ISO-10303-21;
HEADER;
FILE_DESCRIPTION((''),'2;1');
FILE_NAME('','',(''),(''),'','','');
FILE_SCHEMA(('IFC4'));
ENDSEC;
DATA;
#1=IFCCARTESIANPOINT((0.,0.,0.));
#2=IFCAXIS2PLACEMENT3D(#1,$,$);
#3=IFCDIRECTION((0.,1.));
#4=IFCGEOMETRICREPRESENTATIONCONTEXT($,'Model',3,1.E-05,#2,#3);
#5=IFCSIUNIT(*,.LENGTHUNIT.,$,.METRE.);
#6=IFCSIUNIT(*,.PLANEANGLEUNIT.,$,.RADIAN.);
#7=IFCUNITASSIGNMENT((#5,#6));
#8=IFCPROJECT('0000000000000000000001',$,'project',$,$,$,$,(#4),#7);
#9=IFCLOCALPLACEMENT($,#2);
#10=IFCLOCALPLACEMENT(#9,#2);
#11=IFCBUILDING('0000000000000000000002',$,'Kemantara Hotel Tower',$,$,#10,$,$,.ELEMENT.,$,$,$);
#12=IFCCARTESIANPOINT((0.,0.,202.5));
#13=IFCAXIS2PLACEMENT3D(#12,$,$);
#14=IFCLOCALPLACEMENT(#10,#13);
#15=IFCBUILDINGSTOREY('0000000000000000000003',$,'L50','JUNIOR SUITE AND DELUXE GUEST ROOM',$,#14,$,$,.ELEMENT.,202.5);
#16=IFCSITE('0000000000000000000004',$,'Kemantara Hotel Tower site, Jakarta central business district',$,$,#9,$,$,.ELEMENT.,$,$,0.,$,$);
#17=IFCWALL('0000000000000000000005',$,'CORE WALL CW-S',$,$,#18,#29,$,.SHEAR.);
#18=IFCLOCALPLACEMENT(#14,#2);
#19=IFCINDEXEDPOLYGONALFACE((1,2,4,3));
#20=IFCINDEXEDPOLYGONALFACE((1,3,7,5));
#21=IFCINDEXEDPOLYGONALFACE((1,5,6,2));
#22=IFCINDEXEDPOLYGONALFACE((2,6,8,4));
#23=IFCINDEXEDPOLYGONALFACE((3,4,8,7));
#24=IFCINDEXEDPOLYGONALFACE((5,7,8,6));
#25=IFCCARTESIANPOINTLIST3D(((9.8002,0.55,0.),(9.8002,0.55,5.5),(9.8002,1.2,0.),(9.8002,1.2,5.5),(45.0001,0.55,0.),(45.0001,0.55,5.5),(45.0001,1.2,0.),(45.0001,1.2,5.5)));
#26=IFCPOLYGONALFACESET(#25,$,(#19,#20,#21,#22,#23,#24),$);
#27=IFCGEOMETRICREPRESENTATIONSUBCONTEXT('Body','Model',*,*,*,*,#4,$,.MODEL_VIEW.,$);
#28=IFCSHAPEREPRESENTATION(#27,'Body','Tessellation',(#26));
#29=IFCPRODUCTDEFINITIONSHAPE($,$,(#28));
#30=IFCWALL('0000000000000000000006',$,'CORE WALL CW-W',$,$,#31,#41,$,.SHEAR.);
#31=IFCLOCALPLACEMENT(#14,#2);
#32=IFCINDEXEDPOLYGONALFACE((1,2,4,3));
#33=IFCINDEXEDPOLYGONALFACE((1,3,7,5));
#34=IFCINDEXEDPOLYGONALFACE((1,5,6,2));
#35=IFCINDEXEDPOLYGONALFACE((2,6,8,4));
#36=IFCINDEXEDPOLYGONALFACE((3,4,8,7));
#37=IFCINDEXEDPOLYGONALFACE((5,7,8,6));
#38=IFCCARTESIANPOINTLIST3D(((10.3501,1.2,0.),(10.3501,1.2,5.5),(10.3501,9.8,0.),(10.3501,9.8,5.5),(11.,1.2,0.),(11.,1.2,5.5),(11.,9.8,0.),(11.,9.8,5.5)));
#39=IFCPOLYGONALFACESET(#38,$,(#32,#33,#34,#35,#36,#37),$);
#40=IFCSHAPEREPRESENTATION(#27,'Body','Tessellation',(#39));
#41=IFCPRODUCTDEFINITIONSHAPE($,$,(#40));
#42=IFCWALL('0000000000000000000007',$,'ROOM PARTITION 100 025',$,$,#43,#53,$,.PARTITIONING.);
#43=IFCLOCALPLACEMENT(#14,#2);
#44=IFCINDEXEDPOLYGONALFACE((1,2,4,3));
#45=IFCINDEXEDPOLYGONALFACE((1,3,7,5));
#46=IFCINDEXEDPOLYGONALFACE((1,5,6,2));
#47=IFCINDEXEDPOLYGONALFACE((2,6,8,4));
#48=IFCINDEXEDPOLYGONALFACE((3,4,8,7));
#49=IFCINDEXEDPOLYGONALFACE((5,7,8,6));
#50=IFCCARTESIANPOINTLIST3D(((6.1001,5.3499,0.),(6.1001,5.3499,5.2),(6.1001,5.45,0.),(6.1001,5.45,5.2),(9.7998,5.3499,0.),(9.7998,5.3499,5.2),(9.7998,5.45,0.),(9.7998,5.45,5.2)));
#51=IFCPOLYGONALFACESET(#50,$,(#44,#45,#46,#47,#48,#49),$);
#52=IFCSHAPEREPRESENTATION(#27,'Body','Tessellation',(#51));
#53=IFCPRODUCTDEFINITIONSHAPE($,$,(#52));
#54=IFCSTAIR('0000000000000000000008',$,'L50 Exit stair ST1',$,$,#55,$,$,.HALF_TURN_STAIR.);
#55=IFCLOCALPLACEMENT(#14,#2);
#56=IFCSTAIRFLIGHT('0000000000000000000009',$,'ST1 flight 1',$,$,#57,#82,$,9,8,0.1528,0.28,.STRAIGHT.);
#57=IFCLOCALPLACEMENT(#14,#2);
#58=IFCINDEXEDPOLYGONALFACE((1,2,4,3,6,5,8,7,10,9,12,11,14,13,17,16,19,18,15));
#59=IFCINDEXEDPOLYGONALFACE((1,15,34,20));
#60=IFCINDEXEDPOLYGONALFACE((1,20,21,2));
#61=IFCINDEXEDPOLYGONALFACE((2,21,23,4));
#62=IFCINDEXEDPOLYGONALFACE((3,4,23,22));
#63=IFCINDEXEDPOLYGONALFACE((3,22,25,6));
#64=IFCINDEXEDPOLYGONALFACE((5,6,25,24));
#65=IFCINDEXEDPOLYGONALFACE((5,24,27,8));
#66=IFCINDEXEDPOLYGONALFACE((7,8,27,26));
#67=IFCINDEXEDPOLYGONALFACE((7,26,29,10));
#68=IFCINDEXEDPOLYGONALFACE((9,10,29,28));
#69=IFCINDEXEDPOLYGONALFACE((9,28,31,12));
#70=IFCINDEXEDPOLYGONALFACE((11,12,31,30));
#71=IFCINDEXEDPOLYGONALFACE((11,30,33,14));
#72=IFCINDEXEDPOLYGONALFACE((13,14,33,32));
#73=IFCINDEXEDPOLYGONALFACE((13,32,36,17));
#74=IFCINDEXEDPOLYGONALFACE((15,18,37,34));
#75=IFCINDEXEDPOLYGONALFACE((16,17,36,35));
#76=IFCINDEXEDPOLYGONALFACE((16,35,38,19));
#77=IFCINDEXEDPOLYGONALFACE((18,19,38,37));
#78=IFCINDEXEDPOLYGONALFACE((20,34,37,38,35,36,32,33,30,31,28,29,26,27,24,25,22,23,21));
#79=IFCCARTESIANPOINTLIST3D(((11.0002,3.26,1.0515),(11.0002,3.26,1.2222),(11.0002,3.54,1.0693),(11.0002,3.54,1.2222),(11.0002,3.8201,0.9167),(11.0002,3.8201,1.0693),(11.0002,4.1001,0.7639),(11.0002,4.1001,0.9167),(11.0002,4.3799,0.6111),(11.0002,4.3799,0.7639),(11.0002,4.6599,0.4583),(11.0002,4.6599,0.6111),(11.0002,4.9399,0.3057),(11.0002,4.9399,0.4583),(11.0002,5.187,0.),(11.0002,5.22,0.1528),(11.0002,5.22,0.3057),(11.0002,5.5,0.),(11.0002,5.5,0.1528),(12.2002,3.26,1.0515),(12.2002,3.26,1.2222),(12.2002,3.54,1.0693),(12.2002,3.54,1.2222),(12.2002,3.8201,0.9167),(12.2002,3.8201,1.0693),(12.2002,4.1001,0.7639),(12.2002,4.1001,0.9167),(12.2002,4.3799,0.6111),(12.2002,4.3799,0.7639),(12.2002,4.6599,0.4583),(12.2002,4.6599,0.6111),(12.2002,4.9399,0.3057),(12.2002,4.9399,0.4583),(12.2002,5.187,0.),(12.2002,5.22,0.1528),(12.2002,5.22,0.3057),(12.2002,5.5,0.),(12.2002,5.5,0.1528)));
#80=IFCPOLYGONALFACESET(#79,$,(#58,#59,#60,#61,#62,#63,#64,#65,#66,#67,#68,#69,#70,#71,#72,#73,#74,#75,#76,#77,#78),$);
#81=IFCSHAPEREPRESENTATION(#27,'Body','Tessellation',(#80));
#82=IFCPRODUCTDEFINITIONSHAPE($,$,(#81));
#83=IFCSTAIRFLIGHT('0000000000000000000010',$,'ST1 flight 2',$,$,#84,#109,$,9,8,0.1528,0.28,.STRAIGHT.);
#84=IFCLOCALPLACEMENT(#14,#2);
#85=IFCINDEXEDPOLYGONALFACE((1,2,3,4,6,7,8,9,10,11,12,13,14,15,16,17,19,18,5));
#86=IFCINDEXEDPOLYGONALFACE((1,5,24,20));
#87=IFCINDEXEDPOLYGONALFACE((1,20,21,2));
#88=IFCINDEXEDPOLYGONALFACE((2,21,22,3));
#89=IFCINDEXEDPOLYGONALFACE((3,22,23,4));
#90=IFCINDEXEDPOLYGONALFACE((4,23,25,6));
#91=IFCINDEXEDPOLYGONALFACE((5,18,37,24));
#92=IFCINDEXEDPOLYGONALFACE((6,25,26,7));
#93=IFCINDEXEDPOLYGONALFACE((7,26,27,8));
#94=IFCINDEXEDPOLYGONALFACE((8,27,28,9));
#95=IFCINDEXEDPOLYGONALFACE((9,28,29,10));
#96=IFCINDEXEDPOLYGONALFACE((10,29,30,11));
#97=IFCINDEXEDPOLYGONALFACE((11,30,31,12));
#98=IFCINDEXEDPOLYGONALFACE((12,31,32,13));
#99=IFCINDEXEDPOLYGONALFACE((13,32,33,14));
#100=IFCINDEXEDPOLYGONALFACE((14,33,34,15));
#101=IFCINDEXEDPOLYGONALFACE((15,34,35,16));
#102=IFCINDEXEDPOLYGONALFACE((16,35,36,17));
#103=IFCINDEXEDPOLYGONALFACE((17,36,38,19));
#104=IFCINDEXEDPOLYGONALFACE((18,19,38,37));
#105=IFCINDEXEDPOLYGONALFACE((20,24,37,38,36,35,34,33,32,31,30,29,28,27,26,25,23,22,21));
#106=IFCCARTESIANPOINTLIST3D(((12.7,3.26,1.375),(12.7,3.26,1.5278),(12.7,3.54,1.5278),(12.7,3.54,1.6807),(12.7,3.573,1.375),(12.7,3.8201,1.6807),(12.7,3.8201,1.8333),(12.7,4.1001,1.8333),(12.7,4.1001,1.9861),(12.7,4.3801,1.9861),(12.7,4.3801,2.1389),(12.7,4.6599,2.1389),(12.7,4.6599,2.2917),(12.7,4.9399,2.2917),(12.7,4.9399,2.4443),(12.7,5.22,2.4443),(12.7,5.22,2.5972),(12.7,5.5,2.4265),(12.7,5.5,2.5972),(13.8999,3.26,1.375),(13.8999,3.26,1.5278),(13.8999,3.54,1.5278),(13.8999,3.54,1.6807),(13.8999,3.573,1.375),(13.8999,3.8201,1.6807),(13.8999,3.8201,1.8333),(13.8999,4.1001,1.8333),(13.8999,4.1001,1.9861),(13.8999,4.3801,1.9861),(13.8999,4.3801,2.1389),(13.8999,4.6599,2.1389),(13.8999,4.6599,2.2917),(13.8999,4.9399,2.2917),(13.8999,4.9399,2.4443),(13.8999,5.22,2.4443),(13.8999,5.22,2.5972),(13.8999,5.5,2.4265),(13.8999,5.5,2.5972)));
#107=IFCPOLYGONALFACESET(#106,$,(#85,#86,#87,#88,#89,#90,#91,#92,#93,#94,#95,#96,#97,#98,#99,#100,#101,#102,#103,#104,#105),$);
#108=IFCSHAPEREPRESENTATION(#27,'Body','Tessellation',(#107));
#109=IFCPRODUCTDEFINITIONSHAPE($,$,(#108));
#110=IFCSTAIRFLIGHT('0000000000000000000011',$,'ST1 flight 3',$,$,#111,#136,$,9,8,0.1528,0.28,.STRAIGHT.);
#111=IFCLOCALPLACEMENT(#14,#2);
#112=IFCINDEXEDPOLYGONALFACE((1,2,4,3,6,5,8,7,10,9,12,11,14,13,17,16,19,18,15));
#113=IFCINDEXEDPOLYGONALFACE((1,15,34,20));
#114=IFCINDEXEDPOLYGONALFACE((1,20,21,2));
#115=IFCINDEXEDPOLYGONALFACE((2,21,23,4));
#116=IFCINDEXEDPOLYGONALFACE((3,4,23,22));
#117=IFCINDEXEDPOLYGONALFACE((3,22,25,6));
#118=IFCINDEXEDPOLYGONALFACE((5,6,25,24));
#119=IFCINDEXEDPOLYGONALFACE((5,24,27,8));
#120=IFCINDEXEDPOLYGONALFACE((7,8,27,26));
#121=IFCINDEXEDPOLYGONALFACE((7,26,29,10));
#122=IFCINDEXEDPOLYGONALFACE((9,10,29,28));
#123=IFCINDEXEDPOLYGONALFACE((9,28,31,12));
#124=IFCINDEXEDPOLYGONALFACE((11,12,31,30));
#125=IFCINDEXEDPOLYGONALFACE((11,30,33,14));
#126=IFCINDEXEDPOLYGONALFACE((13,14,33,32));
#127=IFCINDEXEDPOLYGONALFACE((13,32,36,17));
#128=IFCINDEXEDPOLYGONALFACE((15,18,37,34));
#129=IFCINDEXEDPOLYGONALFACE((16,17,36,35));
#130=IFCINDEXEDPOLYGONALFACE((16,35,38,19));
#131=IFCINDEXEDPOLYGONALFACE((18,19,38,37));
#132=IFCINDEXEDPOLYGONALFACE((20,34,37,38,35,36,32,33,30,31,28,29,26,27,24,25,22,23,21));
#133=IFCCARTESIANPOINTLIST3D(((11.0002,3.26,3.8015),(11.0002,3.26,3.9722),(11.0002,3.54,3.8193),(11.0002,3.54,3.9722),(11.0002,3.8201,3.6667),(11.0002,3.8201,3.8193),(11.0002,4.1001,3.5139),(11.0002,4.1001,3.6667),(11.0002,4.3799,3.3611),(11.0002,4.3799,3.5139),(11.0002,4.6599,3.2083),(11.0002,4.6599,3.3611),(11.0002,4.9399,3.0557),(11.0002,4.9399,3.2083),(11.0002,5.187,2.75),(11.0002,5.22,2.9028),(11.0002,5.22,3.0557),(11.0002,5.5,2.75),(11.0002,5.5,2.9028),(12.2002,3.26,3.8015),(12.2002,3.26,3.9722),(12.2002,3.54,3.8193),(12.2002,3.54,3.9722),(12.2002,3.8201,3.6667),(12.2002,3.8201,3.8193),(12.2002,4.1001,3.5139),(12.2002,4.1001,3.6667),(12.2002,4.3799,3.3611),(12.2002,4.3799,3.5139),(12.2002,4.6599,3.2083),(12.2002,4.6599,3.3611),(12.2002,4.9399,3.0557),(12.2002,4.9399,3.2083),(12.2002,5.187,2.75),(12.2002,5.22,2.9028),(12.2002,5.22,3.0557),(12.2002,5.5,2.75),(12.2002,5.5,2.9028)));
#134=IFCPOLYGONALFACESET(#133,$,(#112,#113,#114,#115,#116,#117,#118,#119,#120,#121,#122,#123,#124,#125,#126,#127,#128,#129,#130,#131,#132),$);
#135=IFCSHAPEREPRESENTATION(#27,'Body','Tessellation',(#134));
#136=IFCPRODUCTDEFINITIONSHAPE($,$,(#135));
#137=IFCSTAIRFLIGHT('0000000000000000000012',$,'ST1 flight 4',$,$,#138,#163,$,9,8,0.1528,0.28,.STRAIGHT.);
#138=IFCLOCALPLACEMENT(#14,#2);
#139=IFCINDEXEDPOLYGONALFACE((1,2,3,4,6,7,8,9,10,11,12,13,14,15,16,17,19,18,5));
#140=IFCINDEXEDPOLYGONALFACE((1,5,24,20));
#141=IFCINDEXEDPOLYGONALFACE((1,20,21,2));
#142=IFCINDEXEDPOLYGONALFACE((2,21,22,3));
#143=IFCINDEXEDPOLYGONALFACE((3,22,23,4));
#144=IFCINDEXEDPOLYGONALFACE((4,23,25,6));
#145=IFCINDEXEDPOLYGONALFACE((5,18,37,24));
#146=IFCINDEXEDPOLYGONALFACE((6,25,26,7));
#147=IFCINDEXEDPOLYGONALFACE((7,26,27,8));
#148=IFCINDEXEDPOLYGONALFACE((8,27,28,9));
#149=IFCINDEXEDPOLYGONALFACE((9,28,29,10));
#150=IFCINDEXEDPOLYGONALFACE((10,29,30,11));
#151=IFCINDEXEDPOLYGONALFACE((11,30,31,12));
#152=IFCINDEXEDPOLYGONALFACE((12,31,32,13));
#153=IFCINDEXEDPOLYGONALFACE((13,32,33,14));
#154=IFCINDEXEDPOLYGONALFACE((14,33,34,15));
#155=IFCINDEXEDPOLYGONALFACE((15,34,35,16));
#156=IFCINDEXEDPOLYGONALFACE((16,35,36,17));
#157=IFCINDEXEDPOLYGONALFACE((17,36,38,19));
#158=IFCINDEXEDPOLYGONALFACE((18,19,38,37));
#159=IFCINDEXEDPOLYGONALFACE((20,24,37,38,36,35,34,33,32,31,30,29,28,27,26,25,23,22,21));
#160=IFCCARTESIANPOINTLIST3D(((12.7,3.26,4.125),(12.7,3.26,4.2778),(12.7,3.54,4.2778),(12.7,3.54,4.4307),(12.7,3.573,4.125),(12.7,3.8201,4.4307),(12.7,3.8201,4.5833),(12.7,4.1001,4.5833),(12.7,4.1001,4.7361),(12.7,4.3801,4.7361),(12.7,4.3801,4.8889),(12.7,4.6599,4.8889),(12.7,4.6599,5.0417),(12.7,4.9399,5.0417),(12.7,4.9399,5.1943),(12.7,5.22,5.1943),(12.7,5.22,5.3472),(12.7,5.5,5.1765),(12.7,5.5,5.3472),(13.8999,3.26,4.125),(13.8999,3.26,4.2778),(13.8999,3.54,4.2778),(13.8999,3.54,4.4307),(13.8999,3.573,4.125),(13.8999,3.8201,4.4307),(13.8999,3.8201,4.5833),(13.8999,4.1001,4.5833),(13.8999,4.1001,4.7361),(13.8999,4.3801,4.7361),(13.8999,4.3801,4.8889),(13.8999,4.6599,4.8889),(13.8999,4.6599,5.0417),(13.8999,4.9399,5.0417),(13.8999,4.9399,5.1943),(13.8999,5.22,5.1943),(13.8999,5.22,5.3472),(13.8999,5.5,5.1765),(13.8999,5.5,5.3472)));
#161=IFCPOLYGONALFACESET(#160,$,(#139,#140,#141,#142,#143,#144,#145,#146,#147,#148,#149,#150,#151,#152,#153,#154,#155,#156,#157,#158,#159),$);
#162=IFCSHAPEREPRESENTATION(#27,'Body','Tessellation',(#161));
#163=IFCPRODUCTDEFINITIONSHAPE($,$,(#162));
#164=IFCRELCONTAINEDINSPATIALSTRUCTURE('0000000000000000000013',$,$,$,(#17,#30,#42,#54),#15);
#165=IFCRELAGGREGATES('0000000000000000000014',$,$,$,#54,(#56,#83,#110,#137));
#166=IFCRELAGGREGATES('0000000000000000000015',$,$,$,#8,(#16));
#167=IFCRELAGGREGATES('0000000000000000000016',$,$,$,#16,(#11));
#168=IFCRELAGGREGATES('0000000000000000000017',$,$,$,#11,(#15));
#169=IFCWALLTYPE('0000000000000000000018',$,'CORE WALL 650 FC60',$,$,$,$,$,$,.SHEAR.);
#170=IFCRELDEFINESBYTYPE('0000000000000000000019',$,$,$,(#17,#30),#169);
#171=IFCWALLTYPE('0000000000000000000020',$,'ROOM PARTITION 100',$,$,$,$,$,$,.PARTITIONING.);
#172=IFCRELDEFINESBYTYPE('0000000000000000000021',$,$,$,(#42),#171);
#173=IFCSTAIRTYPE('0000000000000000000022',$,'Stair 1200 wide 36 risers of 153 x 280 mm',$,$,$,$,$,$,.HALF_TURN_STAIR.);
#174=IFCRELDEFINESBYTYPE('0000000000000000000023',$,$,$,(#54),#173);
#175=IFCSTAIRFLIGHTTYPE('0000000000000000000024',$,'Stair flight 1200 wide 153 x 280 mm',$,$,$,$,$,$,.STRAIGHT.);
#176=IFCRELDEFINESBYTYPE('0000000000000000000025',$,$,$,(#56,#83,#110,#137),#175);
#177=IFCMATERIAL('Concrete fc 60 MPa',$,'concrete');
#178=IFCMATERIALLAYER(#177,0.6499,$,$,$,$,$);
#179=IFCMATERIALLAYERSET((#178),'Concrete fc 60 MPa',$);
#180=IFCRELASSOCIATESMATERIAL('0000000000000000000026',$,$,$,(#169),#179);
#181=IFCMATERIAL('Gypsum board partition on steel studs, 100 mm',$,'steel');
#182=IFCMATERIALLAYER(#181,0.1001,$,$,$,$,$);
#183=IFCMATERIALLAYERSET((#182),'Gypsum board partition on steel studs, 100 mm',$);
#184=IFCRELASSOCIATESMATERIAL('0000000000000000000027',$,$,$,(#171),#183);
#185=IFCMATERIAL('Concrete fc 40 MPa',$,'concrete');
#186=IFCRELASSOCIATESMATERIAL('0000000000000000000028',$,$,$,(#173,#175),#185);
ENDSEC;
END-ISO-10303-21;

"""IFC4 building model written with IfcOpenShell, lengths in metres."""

from ifc_helpers import new_model, si_unit, direction, frame, frame_2d, origin, place, context, subcontext, project, spatial, polyline, rectangle, outline, extrude, material, layer, layer_set, type_object, element, aggregate, save


model = new_model("IFC4")

# Units and contexts
model_context = context("Model", 3, precision=1e-05, world=origin(), true_north=direction((0.0, 1.0)))
body_context = subcontext(model_context, "Body", "Model", "MODEL_VIEW")
ifc_project = project(units=[si_unit("LENGTHUNIT", "METRE"), si_unit("PLANEANGLEUNIT", "RADIAN")], contexts=[model_context])

# Site, building, storey
site_placement = place(None, origin())
site = spatial("IfcSite", under=ifc_project, at=site_placement, Name="Kemantara Hotel Tower site, Jakarta central business district", CompositionType="ELEMENT", RefElevation=0.0)
building_placement = place(site_placement, origin())
building = spatial("IfcBuilding", under=site, at=building_placement, Name="Kemantara Hotel Tower", CompositionType="ELEMENT")
storey_placement = place(building_placement, frame((0.0, 0.0, 202.5)))
storey = spatial("IfcBuildingStorey", under=building, at=storey_placement, Name="L50", Description="JUNIOR SUITE AND DELUXE GUEST ROOM", CompositionType="ELEMENT", Elevation=202.5)

# Walls
ifc_material_1 = material(Name="Concrete fc 60 MPa", Category="concrete")
ifc_layer_1 = layer(ifc_material_1, 0.6499)
ifc_layer_set_1 = layer_set([ifc_layer_1], Name="Concrete fc 60 MPa")
wall_type_1 = type_object("IfcWallType", Name="CORE WALL 650 FC60", PredefinedType="SHEAR", material=ifc_layer_set_1)
wall_1_placement = place(storey_placement, frame((9.8, 0.875, 0.0), z_axis=(0.0, 0.0, 1.0), x_axis=(1.0, 0.0, 0.0)))
element("IfcWall", 1, at=wall_1_placement, inside=storey, type_object=wall_type_1, Name="CORE WALL CW-S", PredefinedType="SHEAR", context=body_context, shape_type="SweptSolid", body=[
    extrude(rectangle(XDim=35.2, YDim=0.6499, at=frame_2d((17.6001, 0.0))), origin(), (0.0, 0.0, 1.0), 5.5),
])
wall_2_placement = place(storey_placement, frame((10.675, 1.2, 0.0), z_axis=(0.0, 0.0, 1.0), x_axis=(0.0, 1.0, 0.0)))
element("IfcWall", 2, at=wall_2_placement, inside=storey, type_object=wall_type_1, Name="CORE WALL CW-W", PredefinedType="SHEAR", context=body_context, shape_type="SweptSolid", body=[
    extrude(rectangle(XDim=8.6001, YDim=0.6499, at=frame_2d((4.3, 0.0))), origin(), (0.0, 0.0, 1.0), 5.5),
])
ifc_material_2 = material(Name="Gypsum board partition on steel studs, 100 mm", Category="steel")
ifc_layer_2 = layer(ifc_material_2, 0.1001)
ifc_layer_set_2 = layer_set([ifc_layer_2], Name="Gypsum board partition on steel studs, 100 mm")
wall_type_2 = type_object("IfcWallType", Name="ROOM PARTITION 100", PredefinedType="PARTITIONING", material=ifc_layer_set_2)
wall_3_placement = place(storey_placement, frame((6.1001, 5.3999, 0.0), z_axis=(0.0, 0.0, 1.0), x_axis=(1.0, 0.0, 0.0)))
element("IfcWall", 3, at=wall_3_placement, inside=storey, type_object=wall_type_2, Name="ROOM PARTITION 100 025", PredefinedType="PARTITIONING", context=body_context, shape_type="SweptSolid", body=[
    extrude(rectangle(XDim=3.6997, YDim=0.1001, at=frame_2d((1.8499, 0.0))), origin(), (0.0, 0.0, 1.0), 5.2),
])

# Stair, stair flights
ifc_material_3 = material(Name="Concrete fc 40 MPa", Category="concrete")
stair_type = type_object("IfcStairType", Name="Stair 1200 wide 36 risers of 153 x 280 mm", PredefinedType="HALF_TURN_STAIR", material=ifc_material_3)
stair_placement = place(storey_placement, origin())
stair = element("IfcStair", 4, at=stair_placement, inside=storey, type_object=stair_type, Name="L50 Exit stair ST1", PredefinedType="HALF_TURN_STAIR")
stair_flight_type = type_object("IfcStairFlightType", Name="Stair flight 1200 wide 153 x 280 mm", PredefinedType="STRAIGHT", material=ifc_material_3)
stair_flight_1_placement = place(storey_placement, frame((11.6001, 5.5, 0.0), z_axis=(0.0, 0.0, 1.0), x_axis=(0.0, -1.0, 0.0)))
stair_flight_1 = element("IfcStairFlight", 5, at=stair_flight_1_placement, type_object=stair_flight_type, Name="ST1 flight 1", NumberOfRisers=9, NumberOfTreads=8, PredefinedType="STRAIGHT", RiserHeight=0.1528, TreadLength=0.28, context=body_context, shape_type="SweptSolid", body=[
    extrude(outline(polyline([(0.0, 0.0), (0.0, 0.1528), (0.28, 0.1528), (0.28, 0.3057), (0.5601, 0.3057), (0.5601, 0.4583), (0.8401, 0.4583), (0.8401, 0.6111), (1.1201, 0.6111), (1.1201, 0.7639), (1.3999, 0.7639), (1.3999, 0.9167), (1.6799, 0.9167), (1.6799, 1.0693), (1.96, 1.0693), (1.96, 1.2222), (2.24, 1.2222), (2.24, 1.375), (2.24, 1.0515), (0.313, 0.0), (0.0, 0.0)])), frame((0.0, 0.6001, 0.0), z_axis=(0.0, -1.0, 0.0), x_axis=(1.0, 0.0, 0.0)), (0.0, 0.0, 1.0), 1.2),
])
stair_flight_2_placement = place(storey_placement, frame((13.3, 3.26, 1.375), z_axis=(0.0, 0.0, 1.0), x_axis=(0.0, 1.0, 0.0)))
stair_flight_2 = element("IfcStairFlight", 6, at=stair_flight_2_placement, type_object=stair_flight_type, Name="ST1 flight 2", NumberOfRisers=9, NumberOfTreads=8, PredefinedType="STRAIGHT", RiserHeight=0.1528, TreadLength=0.28, context=body_context, shape_type="SweptSolid", body=[
    extrude(outline(polyline([(0.0, 0.0), (0.0, 0.1528), (0.28, 0.1528), (0.28, 0.3057), (0.5601, 0.3057), (0.5601, 0.4583), (0.8401, 0.4583), (0.8401, 0.6111), (1.1201, 0.6111), (1.1201, 0.7639), (1.3999, 0.7639), (1.3999, 0.9167), (1.6799, 0.9167), (1.6799, 1.0693), (1.96, 1.0693), (1.96, 1.2222), (2.24, 1.2222), (2.24, 1.375), (2.24, 1.0515), (0.313, 0.0), (0.0, 0.0)])), frame((0.0, 0.6001, 0.0), z_axis=(0.0, -1.0, 0.0), x_axis=(1.0, 0.0, 0.0)), (0.0, 0.0, 1.0), 1.2),
])
stair_flight_3_placement = place(storey_placement, frame((11.6001, 5.5, 2.75), z_axis=(0.0, 0.0, 1.0), x_axis=(0.0, -1.0, 0.0)))
stair_flight_3 = element("IfcStairFlight", 7, at=stair_flight_3_placement, type_object=stair_flight_type, Name="ST1 flight 3", NumberOfRisers=9, NumberOfTreads=8, PredefinedType="STRAIGHT", RiserHeight=0.1528, TreadLength=0.28, context=body_context, shape_type="SweptSolid", body=[
    extrude(outline(polyline([(0.0, 0.0), (0.0, 0.1528), (0.28, 0.1528), (0.28, 0.3057), (0.5601, 0.3057), (0.5601, 0.4583), (0.8401, 0.4583), (0.8401, 0.6111), (1.1201, 0.6111), (1.1201, 0.7639), (1.3999, 0.7639), (1.3999, 0.9167), (1.6799, 0.9167), (1.6799, 1.0693), (1.96, 1.0693), (1.96, 1.2222), (2.24, 1.2222), (2.24, 1.375), (2.24, 1.0515), (0.313, 0.0), (0.0, 0.0)])), frame((0.0, 0.6001, 0.0), z_axis=(0.0, -1.0, 0.0), x_axis=(1.0, 0.0, 0.0)), (0.0, 0.0, 1.0), 1.2),
])
stair_flight_4_placement = place(storey_placement, frame((13.3, 3.26, 4.125), z_axis=(0.0, 0.0, 1.0), x_axis=(0.0, 1.0, 0.0)))
stair_flight_4 = element("IfcStairFlight", 8, at=stair_flight_4_placement, type_object=stair_flight_type, Name="ST1 flight 4", NumberOfRisers=9, NumberOfTreads=8, PredefinedType="STRAIGHT", RiserHeight=0.1528, TreadLength=0.28, context=body_context, shape_type="SweptSolid", body=[
    extrude(outline(polyline([(0.0, 0.0), (0.0, 0.1528), (0.28, 0.1528), (0.28, 0.3057), (0.5601, 0.3057), (0.5601, 0.4583), (0.8401, 0.4583), (0.8401, 0.6111), (1.1201, 0.6111), (1.1201, 0.7639), (1.3999, 0.7639), (1.3999, 0.9167), (1.6799, 0.9167), (1.6799, 1.0693), (1.96, 1.0693), (1.96, 1.2222), (2.24, 1.2222), (2.24, 1.375), (2.24, 1.0515), (0.313, 0.0), (0.0, 0.0)])), frame((0.0, 0.6001, 0.0), z_axis=(0.0, -1.0, 0.0), x_axis=(1.0, 0.0, 0.0)), (0.0, 0.0, 1.0), 1.2),
])
aggregate(stair, [stair_flight_1, stair_flight_2, stair_flight_3, stair_flight_4])

save(model, "model.ifc")
